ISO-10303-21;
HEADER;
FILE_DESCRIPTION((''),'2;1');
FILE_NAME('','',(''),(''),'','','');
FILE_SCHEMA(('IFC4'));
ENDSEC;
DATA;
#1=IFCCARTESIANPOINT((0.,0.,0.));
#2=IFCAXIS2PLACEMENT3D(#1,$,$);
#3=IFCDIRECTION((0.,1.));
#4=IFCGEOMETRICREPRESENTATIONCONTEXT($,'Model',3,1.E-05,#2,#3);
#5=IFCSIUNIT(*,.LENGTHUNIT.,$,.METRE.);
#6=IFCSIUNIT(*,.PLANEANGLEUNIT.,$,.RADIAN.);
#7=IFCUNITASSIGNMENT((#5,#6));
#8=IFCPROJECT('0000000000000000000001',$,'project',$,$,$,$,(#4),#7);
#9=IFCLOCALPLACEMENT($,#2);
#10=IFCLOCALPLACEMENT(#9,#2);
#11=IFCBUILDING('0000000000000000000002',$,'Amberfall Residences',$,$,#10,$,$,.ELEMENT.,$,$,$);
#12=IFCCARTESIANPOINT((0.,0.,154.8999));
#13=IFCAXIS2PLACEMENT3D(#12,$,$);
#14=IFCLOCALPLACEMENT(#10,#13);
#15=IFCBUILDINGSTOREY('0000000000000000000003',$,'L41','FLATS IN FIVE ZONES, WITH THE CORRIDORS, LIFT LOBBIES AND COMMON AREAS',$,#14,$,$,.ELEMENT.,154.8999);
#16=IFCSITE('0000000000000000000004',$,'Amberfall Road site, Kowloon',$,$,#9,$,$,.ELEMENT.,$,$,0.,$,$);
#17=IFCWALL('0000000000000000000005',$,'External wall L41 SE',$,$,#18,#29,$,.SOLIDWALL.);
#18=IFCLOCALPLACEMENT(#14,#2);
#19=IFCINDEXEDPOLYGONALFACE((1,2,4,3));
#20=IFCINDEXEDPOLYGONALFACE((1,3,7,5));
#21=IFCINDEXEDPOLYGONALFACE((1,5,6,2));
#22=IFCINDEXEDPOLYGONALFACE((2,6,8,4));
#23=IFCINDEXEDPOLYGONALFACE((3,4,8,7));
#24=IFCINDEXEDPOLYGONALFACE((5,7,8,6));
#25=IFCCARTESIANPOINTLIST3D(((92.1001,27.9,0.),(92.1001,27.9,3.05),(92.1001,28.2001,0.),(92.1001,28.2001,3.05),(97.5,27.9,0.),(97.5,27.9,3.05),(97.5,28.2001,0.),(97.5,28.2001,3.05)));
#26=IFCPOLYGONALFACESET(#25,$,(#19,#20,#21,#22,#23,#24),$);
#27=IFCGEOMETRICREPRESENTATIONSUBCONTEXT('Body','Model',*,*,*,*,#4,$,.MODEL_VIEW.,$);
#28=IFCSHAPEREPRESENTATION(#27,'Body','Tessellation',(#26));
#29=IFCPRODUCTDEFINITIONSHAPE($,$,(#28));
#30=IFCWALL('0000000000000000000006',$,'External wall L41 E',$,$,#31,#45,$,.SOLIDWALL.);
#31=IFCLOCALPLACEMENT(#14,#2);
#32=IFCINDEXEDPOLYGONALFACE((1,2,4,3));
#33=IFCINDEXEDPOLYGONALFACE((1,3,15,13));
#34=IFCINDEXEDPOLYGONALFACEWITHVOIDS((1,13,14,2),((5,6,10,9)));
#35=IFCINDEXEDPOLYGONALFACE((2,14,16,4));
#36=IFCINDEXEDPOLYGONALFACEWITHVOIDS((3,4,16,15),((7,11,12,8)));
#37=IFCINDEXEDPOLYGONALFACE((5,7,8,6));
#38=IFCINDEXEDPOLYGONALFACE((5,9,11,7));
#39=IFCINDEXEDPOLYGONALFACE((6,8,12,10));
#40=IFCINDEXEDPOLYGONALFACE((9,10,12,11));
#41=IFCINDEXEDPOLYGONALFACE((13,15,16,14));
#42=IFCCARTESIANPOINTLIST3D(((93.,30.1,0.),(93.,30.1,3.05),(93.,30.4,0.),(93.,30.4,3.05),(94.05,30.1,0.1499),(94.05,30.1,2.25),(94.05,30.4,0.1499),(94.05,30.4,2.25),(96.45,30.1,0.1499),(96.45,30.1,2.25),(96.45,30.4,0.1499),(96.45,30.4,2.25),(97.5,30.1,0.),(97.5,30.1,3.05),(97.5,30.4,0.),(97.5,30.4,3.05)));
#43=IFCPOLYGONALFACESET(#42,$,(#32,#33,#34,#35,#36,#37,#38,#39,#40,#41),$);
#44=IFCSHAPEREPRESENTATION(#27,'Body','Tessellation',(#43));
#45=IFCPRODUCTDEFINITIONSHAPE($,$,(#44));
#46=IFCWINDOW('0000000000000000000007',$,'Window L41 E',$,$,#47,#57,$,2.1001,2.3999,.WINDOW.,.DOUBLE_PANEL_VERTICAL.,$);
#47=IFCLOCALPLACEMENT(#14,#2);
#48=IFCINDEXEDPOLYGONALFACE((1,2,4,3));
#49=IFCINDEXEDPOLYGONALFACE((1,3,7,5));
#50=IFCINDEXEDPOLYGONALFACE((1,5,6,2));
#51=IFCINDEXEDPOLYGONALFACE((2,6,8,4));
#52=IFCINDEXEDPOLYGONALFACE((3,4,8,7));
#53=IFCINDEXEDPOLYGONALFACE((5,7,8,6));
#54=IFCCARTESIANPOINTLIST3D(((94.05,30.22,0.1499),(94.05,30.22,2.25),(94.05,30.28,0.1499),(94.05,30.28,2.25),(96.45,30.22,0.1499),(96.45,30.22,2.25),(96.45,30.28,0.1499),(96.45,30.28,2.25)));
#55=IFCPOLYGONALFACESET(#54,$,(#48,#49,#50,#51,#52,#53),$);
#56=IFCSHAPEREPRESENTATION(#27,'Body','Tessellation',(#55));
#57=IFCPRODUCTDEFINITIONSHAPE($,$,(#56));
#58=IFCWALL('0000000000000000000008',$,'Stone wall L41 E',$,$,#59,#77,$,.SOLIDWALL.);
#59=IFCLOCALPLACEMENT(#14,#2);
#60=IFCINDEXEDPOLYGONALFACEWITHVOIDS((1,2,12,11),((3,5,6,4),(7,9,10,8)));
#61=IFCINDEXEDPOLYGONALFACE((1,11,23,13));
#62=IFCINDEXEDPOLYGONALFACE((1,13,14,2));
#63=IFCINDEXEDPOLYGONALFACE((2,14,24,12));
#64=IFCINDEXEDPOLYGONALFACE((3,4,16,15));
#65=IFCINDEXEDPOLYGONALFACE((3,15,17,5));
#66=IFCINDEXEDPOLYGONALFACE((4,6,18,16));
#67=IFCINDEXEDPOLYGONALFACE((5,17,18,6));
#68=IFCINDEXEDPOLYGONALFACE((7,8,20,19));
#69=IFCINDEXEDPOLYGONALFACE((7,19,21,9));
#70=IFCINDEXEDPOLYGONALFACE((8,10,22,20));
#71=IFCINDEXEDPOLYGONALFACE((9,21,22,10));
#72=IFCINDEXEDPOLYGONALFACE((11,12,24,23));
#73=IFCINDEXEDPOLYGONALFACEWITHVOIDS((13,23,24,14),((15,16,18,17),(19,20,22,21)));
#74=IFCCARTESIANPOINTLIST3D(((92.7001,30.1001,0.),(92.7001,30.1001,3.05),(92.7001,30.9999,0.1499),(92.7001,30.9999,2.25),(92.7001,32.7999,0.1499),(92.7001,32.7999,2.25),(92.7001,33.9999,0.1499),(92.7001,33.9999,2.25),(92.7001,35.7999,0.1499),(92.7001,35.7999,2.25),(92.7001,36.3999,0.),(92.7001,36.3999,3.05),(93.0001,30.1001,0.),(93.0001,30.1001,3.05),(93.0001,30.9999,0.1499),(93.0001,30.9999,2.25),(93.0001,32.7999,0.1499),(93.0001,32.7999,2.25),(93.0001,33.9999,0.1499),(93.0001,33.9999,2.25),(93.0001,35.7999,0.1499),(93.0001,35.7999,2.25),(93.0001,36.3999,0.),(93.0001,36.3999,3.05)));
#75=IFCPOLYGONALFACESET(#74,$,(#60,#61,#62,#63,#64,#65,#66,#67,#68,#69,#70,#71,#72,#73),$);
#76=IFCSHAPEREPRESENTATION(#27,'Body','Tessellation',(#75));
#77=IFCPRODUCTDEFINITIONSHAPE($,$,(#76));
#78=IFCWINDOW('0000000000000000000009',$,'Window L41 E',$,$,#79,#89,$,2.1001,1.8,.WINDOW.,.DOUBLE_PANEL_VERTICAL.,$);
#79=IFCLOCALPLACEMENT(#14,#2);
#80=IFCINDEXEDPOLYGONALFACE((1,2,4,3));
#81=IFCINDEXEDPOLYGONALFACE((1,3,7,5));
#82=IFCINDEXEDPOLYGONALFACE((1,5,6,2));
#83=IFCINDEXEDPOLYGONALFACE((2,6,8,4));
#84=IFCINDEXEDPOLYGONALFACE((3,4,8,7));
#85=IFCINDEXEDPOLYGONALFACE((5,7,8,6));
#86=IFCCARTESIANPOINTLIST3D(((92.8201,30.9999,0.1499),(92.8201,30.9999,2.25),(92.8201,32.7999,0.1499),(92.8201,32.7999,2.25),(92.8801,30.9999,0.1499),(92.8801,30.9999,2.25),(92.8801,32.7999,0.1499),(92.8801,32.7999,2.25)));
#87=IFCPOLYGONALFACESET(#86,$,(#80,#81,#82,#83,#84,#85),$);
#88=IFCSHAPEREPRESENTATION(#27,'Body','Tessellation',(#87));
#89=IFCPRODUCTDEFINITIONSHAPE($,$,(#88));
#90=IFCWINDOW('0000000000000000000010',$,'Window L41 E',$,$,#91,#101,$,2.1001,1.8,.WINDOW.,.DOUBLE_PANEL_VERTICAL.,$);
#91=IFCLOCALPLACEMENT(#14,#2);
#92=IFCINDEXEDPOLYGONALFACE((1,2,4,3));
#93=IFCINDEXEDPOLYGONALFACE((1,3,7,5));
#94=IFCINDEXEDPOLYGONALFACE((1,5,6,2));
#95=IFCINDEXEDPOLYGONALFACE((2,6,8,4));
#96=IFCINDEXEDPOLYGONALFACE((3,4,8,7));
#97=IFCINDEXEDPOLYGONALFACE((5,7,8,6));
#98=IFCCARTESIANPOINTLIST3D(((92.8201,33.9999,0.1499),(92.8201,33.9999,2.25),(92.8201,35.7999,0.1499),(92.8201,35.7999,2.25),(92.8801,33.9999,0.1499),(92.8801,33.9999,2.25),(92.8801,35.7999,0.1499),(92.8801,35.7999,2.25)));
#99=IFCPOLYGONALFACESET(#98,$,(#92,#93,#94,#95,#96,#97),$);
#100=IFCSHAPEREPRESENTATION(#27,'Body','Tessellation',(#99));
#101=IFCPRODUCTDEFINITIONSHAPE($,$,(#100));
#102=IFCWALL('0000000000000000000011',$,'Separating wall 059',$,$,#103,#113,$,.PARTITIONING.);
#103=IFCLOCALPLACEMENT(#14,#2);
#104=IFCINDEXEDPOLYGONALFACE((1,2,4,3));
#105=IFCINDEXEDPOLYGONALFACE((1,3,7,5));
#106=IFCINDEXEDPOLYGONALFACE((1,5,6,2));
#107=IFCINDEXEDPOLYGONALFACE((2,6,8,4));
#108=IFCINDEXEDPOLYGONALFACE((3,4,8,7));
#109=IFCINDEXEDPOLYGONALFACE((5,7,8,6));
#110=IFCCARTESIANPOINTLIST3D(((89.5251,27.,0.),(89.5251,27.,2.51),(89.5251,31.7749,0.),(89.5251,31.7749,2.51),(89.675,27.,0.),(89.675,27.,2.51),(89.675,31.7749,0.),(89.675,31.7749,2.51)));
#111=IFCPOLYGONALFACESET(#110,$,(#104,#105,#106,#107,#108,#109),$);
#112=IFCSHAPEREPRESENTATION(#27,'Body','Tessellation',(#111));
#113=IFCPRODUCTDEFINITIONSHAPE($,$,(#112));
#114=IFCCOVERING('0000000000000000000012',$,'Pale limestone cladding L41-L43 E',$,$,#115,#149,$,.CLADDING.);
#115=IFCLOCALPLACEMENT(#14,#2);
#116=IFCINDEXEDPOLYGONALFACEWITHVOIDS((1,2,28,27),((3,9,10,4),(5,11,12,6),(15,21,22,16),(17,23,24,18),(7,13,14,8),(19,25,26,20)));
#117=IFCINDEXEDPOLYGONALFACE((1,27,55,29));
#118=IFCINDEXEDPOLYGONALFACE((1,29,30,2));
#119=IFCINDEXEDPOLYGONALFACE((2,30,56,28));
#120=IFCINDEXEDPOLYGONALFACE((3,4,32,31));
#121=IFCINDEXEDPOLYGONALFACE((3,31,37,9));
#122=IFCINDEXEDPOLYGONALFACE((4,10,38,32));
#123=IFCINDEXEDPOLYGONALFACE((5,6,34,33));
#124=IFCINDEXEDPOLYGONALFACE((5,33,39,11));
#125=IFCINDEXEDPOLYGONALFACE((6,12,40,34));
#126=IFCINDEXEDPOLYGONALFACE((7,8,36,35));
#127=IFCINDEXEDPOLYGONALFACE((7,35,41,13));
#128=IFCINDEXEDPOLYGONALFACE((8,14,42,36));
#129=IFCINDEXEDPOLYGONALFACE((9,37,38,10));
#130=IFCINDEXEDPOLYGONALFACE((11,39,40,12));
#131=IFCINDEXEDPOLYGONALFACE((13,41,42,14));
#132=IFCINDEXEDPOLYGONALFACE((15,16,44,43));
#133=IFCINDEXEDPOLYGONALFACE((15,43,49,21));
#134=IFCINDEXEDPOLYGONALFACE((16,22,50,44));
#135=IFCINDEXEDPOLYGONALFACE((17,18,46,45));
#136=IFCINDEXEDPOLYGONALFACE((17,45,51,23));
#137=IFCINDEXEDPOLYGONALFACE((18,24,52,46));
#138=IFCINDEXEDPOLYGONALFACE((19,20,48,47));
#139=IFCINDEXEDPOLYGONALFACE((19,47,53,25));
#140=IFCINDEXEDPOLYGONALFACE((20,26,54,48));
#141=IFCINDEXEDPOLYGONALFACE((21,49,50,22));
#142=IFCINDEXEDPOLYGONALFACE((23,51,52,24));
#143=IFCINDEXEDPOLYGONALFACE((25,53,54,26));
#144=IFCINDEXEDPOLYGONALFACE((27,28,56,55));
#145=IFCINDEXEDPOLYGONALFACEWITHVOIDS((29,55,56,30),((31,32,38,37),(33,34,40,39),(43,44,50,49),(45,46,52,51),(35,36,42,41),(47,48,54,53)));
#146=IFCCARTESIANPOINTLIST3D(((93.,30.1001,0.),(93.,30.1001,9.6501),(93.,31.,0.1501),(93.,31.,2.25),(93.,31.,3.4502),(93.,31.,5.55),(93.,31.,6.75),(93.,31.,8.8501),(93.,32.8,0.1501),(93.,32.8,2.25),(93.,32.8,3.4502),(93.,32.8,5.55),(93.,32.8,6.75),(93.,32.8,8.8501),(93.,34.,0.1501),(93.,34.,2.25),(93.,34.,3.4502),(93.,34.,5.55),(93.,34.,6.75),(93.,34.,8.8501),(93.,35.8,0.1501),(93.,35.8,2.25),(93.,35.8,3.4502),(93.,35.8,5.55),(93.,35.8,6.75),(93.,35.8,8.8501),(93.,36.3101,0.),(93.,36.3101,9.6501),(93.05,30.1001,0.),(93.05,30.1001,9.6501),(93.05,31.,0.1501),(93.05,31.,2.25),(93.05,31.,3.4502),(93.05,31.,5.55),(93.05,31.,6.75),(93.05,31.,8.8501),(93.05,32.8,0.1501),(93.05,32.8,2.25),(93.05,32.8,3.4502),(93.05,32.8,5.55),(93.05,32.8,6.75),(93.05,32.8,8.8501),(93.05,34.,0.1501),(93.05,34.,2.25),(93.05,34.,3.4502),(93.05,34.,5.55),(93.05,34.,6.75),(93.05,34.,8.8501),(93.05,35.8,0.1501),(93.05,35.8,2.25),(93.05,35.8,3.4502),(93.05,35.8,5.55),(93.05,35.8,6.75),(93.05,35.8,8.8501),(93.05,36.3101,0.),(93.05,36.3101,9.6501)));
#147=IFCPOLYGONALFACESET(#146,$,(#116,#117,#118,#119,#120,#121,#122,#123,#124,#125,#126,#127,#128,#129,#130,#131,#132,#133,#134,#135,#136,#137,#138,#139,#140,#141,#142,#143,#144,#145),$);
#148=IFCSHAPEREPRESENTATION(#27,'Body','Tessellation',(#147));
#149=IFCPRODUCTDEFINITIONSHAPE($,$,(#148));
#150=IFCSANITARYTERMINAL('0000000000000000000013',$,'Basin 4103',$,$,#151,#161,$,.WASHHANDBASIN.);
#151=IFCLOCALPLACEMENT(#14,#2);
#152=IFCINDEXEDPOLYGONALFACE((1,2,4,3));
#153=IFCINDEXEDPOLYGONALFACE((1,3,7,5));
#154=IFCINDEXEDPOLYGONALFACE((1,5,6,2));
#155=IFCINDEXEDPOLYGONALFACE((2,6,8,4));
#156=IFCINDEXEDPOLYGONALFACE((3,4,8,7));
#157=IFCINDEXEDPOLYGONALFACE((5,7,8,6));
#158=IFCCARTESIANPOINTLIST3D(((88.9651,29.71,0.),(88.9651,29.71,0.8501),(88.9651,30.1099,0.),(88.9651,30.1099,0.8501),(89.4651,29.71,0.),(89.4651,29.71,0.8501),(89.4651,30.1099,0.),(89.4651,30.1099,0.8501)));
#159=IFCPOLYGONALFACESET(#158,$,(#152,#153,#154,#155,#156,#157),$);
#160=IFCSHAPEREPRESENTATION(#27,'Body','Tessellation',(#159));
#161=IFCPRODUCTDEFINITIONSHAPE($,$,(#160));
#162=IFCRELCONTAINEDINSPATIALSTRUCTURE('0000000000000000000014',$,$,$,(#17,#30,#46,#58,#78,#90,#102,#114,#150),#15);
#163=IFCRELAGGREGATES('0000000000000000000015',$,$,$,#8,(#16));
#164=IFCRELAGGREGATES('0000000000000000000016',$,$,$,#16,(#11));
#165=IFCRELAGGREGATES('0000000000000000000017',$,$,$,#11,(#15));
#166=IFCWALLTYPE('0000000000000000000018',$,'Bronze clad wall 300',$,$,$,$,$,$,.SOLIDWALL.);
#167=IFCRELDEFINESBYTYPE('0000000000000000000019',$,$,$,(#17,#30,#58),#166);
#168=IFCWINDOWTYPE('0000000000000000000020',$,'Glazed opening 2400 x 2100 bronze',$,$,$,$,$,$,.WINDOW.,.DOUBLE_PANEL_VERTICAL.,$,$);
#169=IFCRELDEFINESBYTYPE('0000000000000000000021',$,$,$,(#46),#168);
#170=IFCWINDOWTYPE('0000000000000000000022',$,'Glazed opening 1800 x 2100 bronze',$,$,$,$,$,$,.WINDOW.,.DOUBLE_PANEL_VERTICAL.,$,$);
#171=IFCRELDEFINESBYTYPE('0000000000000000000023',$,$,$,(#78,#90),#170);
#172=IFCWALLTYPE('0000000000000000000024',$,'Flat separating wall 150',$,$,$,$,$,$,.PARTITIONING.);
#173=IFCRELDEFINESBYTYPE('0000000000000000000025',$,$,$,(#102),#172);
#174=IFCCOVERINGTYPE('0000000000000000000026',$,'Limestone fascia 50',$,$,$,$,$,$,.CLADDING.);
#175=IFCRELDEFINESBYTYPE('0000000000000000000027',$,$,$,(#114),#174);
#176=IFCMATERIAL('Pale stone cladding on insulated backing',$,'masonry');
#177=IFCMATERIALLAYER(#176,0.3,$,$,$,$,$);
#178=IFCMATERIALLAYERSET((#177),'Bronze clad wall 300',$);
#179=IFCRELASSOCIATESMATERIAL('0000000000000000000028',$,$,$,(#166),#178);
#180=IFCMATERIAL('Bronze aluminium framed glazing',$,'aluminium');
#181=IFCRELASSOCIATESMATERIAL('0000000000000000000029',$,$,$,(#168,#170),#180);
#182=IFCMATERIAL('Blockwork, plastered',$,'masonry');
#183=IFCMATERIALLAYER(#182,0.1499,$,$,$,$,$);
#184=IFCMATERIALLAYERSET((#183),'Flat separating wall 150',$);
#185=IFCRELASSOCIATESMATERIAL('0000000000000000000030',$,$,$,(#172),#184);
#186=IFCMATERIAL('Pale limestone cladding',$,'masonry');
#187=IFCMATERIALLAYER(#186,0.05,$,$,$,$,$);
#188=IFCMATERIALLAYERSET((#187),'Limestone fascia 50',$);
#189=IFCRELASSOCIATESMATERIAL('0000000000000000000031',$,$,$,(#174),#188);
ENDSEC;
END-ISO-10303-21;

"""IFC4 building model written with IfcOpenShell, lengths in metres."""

from ifc_helpers import new_model, si_unit, direction, frame, frame_2d, origin, origin_2d, place, context, subcontext, project, spatial, polyline, rectangle, outline, extrude, material, layer, layer_set, type_object, element, fill, save


model = new_model("IFC4")

# Units and contexts
model_context = context("Model", 3, precision=1e-05, world=origin(), true_north=direction((0.0, 1.0)))
body_context = subcontext(model_context, "Body", "Model", "MODEL_VIEW")
ifc_project = project(units=[si_unit("LENGTHUNIT", "METRE"), si_unit("PLANEANGLEUNIT", "RADIAN")], contexts=[model_context])

# Site, building, storey
site_placement = place(None, origin())
site = spatial("IfcSite", under=ifc_project, at=site_placement, Name="Amberfall Road site, Kowloon", CompositionType="ELEMENT", RefElevation=0.0)
building_placement = place(site_placement, origin())
building = spatial("IfcBuilding", under=site, at=building_placement, Name="Amberfall Residences", CompositionType="ELEMENT")
storey_placement = place(building_placement, frame((0.0, 0.0, 154.8999)))
storey = spatial("IfcBuildingStorey", under=building, at=storey_placement, Name="L41", Description="FLATS IN FIVE ZONES, WITH THE CORRIDORS, LIFT LOBBIES AND COMMON AREAS", CompositionType="ELEMENT", Elevation=154.8999)

# Shared definitions
ifc_material_1 = material(Name="Pale stone cladding on insulated backing", Category="masonry")
ifc_layer_1 = layer(ifc_material_1, 0.3)
ifc_layer_set_1 = layer_set([ifc_layer_1], Name="Bronze clad wall 300")
wall_type_1 = type_object("IfcWallType", Name="Bronze clad wall 300", PredefinedType="SOLIDWALL", material=ifc_layer_set_1)

# Shared definitions
ifc_material_2 = material(Name="Bronze aluminium framed glazing", Category="aluminium")
window_type_1 = type_object("IfcWindowType", Name="Glazed opening 2400 x 2100 bronze", PartitioningType="DOUBLE_PANEL_VERTICAL", PredefinedType="WINDOW", material=ifc_material_2)

# Wall
wall_1_placement = place(storey_placement, frame((92.1001, 28.05, 0.0), z_axis=(0.0, 0.0, 1.0), x_axis=(1.0, 0.0, 0.0)))
element("IfcWall", 1, at=wall_1_placement, inside=storey, type_object=wall_type_1, Name="External wall L41 SE", PredefinedType="SOLIDWALL", context=body_context, shape_type="SweptSolid", body=[
    extrude(rectangle(XDim=5.3999, YDim=0.3, at=frame_2d((2.7, 0.0))), origin(), (0.0, 0.0, 1.0), 3.05),
])

# Wall, opening, window
wall_2_placement = place(storey_placement, frame((97.5, 30.25, 0.0), z_axis=(0.0, 0.0, 1.0), x_axis=(-1.0, 0.0, 0.0)))
wall_2 = element("IfcWall", 2, at=wall_2_placement, inside=storey, type_object=wall_type_1, Name="External wall L41 E", PredefinedType="SOLIDWALL", context=body_context, shape_type="SweptSolid", body=[
    extrude(rectangle(XDim=4.5, YDim=0.3, at=frame_2d((2.25, 0.0))), origin(), (0.0, 0.0, 1.0), 3.05),
])
opening_1_placement = place(wall_2_placement, frame((1.05, 0.0, 0.1499)))
opening_1 = element("IfcOpeningElement", 3, at=opening_1_placement, cuts=wall_2, PredefinedType="OPENING", context=body_context, shape_type="SweptSolid", body=[
    extrude(rectangle(XDim=2.3999, YDim=2.1001, at=frame_2d((1.2, 1.05))), frame((0.0, 0.1599, 0.0), z_axis=(0.0, -1.0, 0.0), x_axis=(1.0, 0.0, 0.0)), (0.0, 0.0, 1.0), 0.3201),
])
window_1_placement = place(opening_1_placement, origin())
window_1 = element("IfcWindow", 4, at=window_1_placement, inside=storey, type_object=window_type_1, Name="Window L41 E", OverallHeight=2.1001, OverallWidth=2.3999, PartitioningType="DOUBLE_PANEL_VERTICAL", PredefinedType="WINDOW", context=body_context, shape_type="SweptSolid", body=[
    extrude(rectangle(XDim=2.3999, YDim=2.1001, at=frame_2d((1.2, 1.05))), frame((0.0, 0.03, 0.0), z_axis=(0.0, -1.0, 0.0), x_axis=(1.0, 0.0, 0.0)), (0.0, 0.0, 1.0), 0.0601),
])
fill(opening_1, window_1)

# Wall, openings, windows
wall_3_placement = place(storey_placement, frame((92.8501, 30.1001, 0.0), z_axis=(0.0, 0.0, 1.0), x_axis=(0.0, 1.0, 0.0)))
wall_3 = element("IfcWall", 5, at=wall_3_placement, inside=storey, type_object=wall_type_1, Name="Stone wall L41 E", PredefinedType="SOLIDWALL", context=body_context, shape_type="SweptSolid", body=[
    extrude(rectangle(XDim=6.2998, YDim=0.3, at=frame_2d((3.1499, 0.0))), origin(), (0.0, 0.0, 1.0), 3.05),
])
opening_2_placement = place(wall_3_placement, frame((0.8999, 0.0, 0.1499)))
opening_2 = element("IfcOpeningElement", 6, at=opening_2_placement, cuts=wall_3, PredefinedType="OPENING", context=body_context, shape_type="SweptSolid", body=[
    extrude(rectangle(XDim=1.8, YDim=2.1001, at=frame_2d((0.8999, 1.05))), frame((0.0, 0.1599, 0.0), z_axis=(0.0, -1.0, 0.0), x_axis=(1.0, 0.0, 0.0)), (0.0, 0.0, 1.0), 0.3201),
])
opening_3_placement = place(wall_3_placement, frame((3.8999, 0.0, 0.1499)))
opening_3 = element("IfcOpeningElement", 7, at=opening_3_placement, cuts=wall_3, PredefinedType="OPENING", context=body_context, shape_type="SweptSolid", body=[
    extrude(rectangle(XDim=1.8, YDim=2.1001, at=frame_2d((0.8999, 1.05))), frame((0.0, 0.1599, 0.0), z_axis=(0.0, -1.0, 0.0), x_axis=(1.0, 0.0, 0.0)), (0.0, 0.0, 1.0), 0.3201),
])
window_type_2 = type_object("IfcWindowType", Name="Glazed opening 1800 x 2100 bronze", PartitioningType="DOUBLE_PANEL_VERTICAL", PredefinedType="WINDOW", material=ifc_material_2)
window_2_placement = place(opening_2_placement, origin())
window_2 = element("IfcWindow", 8, at=window_2_placement, inside=storey, type_object=window_type_2, Name="Window L41 E", OverallHeight=2.1001, OverallWidth=1.8, PartitioningType="DOUBLE_PANEL_VERTICAL", PredefinedType="WINDOW", context=body_context, shape_type="SweptSolid", body=[
    extrude(rectangle(XDim=1.8, YDim=2.1001, at=frame_2d((0.8999, 1.05))), frame((0.0, 0.03, 0.0), z_axis=(0.0, -1.0, 0.0), x_axis=(1.0, 0.0, 0.0)), (0.0, 0.0, 1.0), 0.0601),
])
fill(opening_2, window_2)
window_3_placement = place(opening_3_placement, origin())
window_3 = element("IfcWindow", 9, at=window_3_placement, inside=storey, type_object=window_type_2, Name="Window L41 E", OverallHeight=2.1001, OverallWidth=1.8, PartitioningType="DOUBLE_PANEL_VERTICAL", PredefinedType="WINDOW", context=body_context, shape_type="SweptSolid", body=[
    extrude(rectangle(XDim=1.8, YDim=2.1001, at=frame_2d((0.8999, 1.05))), frame((0.0, 0.03, 0.0), z_axis=(0.0, -1.0, 0.0), x_axis=(1.0, 0.0, 0.0)), (0.0, 0.0, 1.0), 0.0601),
])
fill(opening_3, window_3)

# Wall
ifc_material_3 = material(Name="Blockwork, plastered", Category="masonry")
ifc_layer_2 = layer(ifc_material_3, 0.1499)
ifc_layer_set_2 = layer_set([ifc_layer_2], Name="Flat separating wall 150")
wall_type_2 = type_object("IfcWallType", Name="Flat separating wall 150", PredefinedType="PARTITIONING", material=ifc_layer_set_2)
wall_4_placement = place(storey_placement, frame((89.6001, 27.0, 0.0), z_axis=(0.0, 0.0, 1.0), x_axis=(0.0, 1.0, 0.0)))
element("IfcWall", 10, at=wall_4_placement, inside=storey, type_object=wall_type_2, Name="Separating wall 059", PredefinedType="PARTITIONING", context=body_context, shape_type="SweptSolid", body=[
    extrude(rectangle(XDim=4.7749, YDim=0.1499, at=frame_2d((2.3875, 0.0))), origin(), (0.0, 0.0, 1.0), 2.51),
])

# Covering
ifc_material_4 = material(Name="Pale limestone cladding", Category="masonry")
ifc_layer_3 = layer(ifc_material_4, 0.05)
ifc_layer_set_3 = layer_set([ifc_layer_3], Name="Limestone fascia 50")
covering_type = type_object("IfcCoveringType", Name="Limestone fascia 50", PredefinedType="CLADDING", material=ifc_layer_set_3)
covering_placement = place(storey_placement, frame((93.0, 30.1001, 9.6501), z_axis=(-1.0, 0.0, 0.0), x_axis=(0.0, 1.0, 0.0)))
element("IfcCovering", 11, at=covering_placement, inside=storey, type_object=covering_type, Name="Pale limestone cladding L41-L43 E", PredefinedType="CLADDING", context=body_context, shape_type="SweptSolid", body=[
    extrude(outline(polyline([(0.0, 0.0), (6.21, 0.0), (6.21, 9.6501), (0.0, 9.6501), (0.0, 0.0)]), holes=[polyline([(0.8999, 7.4001), (2.7, 7.4001), (2.7, 9.5), (0.8999, 9.5), (0.8999, 7.4001)]), polyline([(3.8999, 7.4001), (5.7, 7.4001), (5.7, 9.5), (3.8999, 9.5), (3.8999, 7.4001)]), polyline([(0.8999, 4.1001), (2.7, 4.1001), (2.7, 6.2), (0.8999, 6.2), (0.8999, 4.1001)]), polyline([(3.8999, 4.1001), (5.7, 4.1001), (5.7, 6.2), (3.8999, 6.2), (3.8999, 4.1001)]), polyline([(0.8999, 0.8), (2.7, 0.8), (2.7, 2.9001), (0.8999, 2.9001), (0.8999, 0.8)]), polyline([(3.8999, 0.8), (5.7, 0.8), (5.7, 2.9001), (3.8999, 2.9001), (3.8999, 0.8)])]), origin(), (0.0, 0.0, -1.0), 0.05),
])

# Sanitary terminal
sanitary_terminal_placement = place(storey_placement, frame((89.2151, 29.9099, 0.0), z_axis=(0.0, 0.0, 1.0), x_axis=(1.0, 0.0, 0.0)))
element("IfcSanitaryTerminal", 12, at=sanitary_terminal_placement, inside=storey, Name="Basin 4103", PredefinedType="WASHHANDBASIN", context=body_context, shape_type="SweptSolid", body=[
    extrude(rectangle(XDim=0.5, YDim=0.3999, at=origin_2d()), origin(), (0.0, 0.0, 1.0), 0.8501),
])

save(model, "model.ifc")
